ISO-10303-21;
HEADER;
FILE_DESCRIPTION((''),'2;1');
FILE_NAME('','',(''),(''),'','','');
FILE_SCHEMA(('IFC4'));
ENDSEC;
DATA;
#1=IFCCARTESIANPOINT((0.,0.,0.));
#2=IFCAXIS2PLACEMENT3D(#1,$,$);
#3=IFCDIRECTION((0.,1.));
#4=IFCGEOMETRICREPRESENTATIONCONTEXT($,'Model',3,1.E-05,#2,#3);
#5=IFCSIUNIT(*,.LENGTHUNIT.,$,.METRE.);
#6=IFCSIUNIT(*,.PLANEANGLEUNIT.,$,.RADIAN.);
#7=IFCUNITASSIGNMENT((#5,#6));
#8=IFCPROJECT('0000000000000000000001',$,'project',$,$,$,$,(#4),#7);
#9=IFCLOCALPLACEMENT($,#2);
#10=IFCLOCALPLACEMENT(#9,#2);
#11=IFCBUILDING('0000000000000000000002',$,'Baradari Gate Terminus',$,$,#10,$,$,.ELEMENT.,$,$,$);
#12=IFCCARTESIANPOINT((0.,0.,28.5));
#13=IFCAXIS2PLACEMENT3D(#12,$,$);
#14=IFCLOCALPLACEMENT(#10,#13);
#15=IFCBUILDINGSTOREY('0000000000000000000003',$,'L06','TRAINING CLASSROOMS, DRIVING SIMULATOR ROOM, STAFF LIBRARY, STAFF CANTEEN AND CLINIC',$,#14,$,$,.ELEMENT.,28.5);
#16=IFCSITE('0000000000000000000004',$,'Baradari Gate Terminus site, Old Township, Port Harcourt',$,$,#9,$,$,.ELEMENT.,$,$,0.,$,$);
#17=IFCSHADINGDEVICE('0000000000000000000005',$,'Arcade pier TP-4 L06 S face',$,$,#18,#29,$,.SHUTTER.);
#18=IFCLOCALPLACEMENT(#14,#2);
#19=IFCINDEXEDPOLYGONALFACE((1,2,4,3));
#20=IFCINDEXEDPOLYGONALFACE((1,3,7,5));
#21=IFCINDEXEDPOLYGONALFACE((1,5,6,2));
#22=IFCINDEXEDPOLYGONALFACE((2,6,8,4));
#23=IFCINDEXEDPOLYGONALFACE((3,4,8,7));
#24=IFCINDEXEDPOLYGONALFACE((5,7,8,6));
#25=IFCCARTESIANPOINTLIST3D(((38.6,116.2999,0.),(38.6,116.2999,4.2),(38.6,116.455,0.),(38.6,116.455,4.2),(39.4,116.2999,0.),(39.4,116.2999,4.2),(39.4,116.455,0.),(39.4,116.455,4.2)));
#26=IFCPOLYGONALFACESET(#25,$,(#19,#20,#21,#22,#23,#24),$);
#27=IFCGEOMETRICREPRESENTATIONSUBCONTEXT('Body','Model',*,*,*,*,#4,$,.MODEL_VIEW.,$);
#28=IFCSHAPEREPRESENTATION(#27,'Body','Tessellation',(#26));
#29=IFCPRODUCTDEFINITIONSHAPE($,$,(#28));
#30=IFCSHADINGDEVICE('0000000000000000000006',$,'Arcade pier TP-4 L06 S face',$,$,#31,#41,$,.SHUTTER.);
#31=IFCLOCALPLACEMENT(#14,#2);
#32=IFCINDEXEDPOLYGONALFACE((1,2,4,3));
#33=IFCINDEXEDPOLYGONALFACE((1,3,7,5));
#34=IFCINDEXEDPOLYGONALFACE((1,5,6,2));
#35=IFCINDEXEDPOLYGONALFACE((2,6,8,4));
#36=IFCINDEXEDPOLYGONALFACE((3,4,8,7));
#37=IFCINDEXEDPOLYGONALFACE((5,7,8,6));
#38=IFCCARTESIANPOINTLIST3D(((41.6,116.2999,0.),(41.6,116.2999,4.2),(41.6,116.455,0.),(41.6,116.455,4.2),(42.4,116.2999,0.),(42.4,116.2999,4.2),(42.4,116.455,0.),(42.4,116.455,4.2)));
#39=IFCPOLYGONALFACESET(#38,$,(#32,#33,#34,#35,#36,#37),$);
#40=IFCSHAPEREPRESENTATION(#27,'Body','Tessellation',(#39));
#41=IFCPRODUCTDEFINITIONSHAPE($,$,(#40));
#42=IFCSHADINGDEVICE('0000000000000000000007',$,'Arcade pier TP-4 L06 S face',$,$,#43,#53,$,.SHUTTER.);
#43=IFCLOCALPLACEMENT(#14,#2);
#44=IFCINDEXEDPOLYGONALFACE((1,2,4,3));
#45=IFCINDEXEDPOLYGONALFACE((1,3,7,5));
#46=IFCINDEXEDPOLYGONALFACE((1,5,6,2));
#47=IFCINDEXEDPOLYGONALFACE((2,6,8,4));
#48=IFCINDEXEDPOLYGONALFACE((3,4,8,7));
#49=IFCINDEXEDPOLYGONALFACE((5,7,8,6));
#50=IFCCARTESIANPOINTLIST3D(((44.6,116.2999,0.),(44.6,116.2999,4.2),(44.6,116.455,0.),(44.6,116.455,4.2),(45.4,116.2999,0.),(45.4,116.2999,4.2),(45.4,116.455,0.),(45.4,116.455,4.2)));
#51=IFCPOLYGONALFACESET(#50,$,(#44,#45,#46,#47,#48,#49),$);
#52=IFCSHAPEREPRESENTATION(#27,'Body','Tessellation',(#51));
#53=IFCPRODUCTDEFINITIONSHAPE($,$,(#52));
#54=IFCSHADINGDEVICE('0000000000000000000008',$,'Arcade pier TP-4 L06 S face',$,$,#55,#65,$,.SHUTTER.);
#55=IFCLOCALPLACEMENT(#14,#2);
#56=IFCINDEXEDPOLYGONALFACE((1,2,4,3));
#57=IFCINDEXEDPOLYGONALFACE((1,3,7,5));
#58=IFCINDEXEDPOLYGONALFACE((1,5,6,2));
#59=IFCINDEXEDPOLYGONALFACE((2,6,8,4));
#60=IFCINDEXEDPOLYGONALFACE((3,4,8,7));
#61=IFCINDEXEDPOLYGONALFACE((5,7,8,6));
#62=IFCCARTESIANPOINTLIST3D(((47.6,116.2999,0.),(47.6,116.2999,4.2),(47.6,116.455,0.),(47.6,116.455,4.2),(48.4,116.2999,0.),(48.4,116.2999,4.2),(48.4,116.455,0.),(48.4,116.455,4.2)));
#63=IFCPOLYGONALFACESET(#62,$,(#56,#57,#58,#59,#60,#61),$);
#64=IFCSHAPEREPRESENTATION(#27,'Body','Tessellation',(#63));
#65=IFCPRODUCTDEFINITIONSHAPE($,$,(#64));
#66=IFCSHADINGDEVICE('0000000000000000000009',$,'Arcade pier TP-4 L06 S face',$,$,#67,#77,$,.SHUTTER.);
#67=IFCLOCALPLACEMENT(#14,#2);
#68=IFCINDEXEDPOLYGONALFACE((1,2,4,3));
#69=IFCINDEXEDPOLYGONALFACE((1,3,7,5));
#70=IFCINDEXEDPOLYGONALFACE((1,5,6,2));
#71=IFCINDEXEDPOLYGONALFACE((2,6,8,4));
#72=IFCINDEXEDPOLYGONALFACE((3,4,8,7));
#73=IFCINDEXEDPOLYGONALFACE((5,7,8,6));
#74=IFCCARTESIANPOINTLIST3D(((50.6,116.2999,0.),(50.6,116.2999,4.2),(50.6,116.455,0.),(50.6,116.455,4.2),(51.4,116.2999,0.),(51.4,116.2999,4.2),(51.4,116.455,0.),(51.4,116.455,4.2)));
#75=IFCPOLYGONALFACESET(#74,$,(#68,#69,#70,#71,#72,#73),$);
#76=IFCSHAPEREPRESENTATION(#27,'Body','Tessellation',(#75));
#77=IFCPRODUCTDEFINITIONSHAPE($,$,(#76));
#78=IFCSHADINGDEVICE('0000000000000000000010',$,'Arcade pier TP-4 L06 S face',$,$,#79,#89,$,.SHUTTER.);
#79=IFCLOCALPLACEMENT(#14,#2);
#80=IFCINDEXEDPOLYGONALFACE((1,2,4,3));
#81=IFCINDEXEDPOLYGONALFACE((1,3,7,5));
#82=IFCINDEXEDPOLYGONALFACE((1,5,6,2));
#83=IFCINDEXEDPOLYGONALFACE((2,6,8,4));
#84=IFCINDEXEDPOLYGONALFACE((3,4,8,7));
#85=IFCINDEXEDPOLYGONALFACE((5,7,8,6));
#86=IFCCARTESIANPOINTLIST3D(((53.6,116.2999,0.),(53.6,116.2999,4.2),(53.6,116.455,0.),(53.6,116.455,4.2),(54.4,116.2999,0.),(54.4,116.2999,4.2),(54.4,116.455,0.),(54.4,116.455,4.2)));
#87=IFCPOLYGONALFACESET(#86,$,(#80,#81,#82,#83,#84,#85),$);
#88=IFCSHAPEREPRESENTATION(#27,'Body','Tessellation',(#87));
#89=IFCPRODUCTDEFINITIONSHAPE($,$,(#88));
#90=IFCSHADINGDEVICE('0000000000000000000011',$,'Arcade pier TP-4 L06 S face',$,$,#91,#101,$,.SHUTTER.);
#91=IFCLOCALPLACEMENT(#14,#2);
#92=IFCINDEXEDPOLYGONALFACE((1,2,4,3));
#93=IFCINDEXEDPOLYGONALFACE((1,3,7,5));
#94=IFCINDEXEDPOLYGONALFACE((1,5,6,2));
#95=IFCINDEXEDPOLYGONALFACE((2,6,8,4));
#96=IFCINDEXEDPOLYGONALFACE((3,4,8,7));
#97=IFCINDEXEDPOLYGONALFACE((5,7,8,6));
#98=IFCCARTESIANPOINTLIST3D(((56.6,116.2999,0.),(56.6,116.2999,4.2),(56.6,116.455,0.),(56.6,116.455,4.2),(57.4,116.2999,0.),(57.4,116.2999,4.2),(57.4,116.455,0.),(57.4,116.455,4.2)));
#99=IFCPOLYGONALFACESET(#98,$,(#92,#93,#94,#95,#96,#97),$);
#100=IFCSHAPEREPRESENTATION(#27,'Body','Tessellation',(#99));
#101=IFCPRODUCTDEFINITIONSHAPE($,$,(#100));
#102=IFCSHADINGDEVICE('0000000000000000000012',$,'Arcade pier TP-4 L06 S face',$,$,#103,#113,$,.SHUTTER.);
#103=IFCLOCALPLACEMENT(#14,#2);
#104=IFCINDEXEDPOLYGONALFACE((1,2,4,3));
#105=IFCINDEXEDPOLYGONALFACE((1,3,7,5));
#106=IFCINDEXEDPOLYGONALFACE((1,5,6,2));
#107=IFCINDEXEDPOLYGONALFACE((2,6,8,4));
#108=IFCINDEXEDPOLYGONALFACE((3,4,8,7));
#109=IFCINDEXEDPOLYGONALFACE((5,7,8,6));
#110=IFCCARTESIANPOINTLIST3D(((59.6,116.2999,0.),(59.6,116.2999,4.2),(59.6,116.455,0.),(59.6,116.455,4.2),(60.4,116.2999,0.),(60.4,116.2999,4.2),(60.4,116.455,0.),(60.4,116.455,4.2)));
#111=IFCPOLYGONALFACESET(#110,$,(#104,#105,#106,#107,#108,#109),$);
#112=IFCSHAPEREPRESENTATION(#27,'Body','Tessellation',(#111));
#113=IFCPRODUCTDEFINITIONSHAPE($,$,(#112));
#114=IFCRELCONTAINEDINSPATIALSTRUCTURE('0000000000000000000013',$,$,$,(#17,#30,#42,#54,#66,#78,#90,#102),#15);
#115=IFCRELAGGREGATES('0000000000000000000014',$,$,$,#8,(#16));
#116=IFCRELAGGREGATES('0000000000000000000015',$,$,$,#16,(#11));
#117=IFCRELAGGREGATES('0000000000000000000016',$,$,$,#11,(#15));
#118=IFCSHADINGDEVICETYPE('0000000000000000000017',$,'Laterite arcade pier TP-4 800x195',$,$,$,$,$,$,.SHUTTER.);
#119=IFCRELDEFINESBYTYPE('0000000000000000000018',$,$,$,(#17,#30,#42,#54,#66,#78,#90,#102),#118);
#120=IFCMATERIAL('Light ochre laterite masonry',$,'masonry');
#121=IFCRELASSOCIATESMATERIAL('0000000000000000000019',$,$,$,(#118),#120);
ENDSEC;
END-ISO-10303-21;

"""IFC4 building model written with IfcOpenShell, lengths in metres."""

from ifc_helpers import new_model, si_unit, direction, frame, origin, origin_2d, place, context, subcontext, project, spatial, rectangle, extrude, material, type_object, element, save


model = new_model("IFC4")

# Units and contexts
model_context = context("Model", 3, precision=1e-05, world=origin(), true_north=direction((0.0, 1.0)))
body_context = subcontext(model_context, "Body", "Model", "MODEL_VIEW")
ifc_project = project(units=[si_unit("LENGTHUNIT", "METRE"), si_unit("PLANEANGLEUNIT", "RADIAN")], contexts=[model_context])

# Site, building, storey
site_placement = place(None, origin())
site = spatial("IfcSite", under=ifc_project, at=site_placement, Name="Baradari Gate Terminus site, Old Township, Port Harcourt", CompositionType="ELEMENT", RefElevation=0.0)
building_placement = place(site_placement, origin())
building = spatial("IfcBuilding", under=site, at=building_placement, Name="Baradari Gate Terminus", CompositionType="ELEMENT")
storey_placement = place(building_placement, frame((0.0, 0.0, 28.5)))
storey = spatial("IfcBuildingStorey", under=building, at=storey_placement, Name="L06", Description="TRAINING CLASSROOMS, DRIVING SIMULATOR ROOM, STAFF LIBRARY, STAFF CANTEEN AND CLINIC", CompositionType="ELEMENT", Elevation=28.5)

# Shading devices
ifc_material_1 = material(Name="Light ochre laterite masonry", Category="masonry")
shading_device_type = type_object("IfcShadingDeviceType", Name="Laterite arcade pier TP-4 800x195", PredefinedType="SHUTTER", material=ifc_material_1)
for number, where, z_axis, x_axis, name in (
    (1, (39.0, 116.3774, 0.0), (0.0, 0.0, 1.0), (1.0, 0.0, 0.0), "Arcade pier TP-4 L06 S face"),
    (2, (42.0, 116.3774, 0.0), (0.0, 0.0, 1.0), (1.0, 0.0, 0.0), "Arcade pier TP-4 L06 S face"),
    (3, (45.0, 116.3774, 0.0), (0.0, 0.0, 1.0), (1.0, 0.0, 0.0), "Arcade pier TP-4 L06 S face"),
    (4, (48.0, 116.3774, 0.0), (0.0, 0.0, 1.0), (1.0, 0.0, 0.0), "Arcade pier TP-4 L06 S face"),
    (5, (51.0, 116.3774, 0.0), (0.0, 0.0, 1.0), (1.0, 0.0, 0.0), "Arcade pier TP-4 L06 S face"),
    (6, (54.0, 116.3774, 0.0), (0.0, 0.0, 1.0), (1.0, 0.0, 0.0), "Arcade pier TP-4 L06 S face"),
    (7, (57.0, 116.3774, 0.0), (0.0, 0.0, 1.0), (1.0, 0.0, 0.0), "Arcade pier TP-4 L06 S face"),
    (8, (60.0, 116.3774, 0.0), (0.0, 0.0, 1.0), (1.0, 0.0, 0.0), "Arcade pier TP-4 L06 S face"),
):
    element("IfcShadingDevice", number, at=place(storey_placement, frame(where, z_axis=z_axis, x_axis=x_axis)), inside=storey, type_object=shading_device_type, Name=name, PredefinedType="SHUTTER", context=body_context, shape_type="SweptSolid", body=[
        extrude(rectangle(XDim=0.8, YDim=0.155, at=origin_2d()), origin(), (0.0, 0.0, 1.0), 4.2),
    ])

save(model, "model.ifc")
